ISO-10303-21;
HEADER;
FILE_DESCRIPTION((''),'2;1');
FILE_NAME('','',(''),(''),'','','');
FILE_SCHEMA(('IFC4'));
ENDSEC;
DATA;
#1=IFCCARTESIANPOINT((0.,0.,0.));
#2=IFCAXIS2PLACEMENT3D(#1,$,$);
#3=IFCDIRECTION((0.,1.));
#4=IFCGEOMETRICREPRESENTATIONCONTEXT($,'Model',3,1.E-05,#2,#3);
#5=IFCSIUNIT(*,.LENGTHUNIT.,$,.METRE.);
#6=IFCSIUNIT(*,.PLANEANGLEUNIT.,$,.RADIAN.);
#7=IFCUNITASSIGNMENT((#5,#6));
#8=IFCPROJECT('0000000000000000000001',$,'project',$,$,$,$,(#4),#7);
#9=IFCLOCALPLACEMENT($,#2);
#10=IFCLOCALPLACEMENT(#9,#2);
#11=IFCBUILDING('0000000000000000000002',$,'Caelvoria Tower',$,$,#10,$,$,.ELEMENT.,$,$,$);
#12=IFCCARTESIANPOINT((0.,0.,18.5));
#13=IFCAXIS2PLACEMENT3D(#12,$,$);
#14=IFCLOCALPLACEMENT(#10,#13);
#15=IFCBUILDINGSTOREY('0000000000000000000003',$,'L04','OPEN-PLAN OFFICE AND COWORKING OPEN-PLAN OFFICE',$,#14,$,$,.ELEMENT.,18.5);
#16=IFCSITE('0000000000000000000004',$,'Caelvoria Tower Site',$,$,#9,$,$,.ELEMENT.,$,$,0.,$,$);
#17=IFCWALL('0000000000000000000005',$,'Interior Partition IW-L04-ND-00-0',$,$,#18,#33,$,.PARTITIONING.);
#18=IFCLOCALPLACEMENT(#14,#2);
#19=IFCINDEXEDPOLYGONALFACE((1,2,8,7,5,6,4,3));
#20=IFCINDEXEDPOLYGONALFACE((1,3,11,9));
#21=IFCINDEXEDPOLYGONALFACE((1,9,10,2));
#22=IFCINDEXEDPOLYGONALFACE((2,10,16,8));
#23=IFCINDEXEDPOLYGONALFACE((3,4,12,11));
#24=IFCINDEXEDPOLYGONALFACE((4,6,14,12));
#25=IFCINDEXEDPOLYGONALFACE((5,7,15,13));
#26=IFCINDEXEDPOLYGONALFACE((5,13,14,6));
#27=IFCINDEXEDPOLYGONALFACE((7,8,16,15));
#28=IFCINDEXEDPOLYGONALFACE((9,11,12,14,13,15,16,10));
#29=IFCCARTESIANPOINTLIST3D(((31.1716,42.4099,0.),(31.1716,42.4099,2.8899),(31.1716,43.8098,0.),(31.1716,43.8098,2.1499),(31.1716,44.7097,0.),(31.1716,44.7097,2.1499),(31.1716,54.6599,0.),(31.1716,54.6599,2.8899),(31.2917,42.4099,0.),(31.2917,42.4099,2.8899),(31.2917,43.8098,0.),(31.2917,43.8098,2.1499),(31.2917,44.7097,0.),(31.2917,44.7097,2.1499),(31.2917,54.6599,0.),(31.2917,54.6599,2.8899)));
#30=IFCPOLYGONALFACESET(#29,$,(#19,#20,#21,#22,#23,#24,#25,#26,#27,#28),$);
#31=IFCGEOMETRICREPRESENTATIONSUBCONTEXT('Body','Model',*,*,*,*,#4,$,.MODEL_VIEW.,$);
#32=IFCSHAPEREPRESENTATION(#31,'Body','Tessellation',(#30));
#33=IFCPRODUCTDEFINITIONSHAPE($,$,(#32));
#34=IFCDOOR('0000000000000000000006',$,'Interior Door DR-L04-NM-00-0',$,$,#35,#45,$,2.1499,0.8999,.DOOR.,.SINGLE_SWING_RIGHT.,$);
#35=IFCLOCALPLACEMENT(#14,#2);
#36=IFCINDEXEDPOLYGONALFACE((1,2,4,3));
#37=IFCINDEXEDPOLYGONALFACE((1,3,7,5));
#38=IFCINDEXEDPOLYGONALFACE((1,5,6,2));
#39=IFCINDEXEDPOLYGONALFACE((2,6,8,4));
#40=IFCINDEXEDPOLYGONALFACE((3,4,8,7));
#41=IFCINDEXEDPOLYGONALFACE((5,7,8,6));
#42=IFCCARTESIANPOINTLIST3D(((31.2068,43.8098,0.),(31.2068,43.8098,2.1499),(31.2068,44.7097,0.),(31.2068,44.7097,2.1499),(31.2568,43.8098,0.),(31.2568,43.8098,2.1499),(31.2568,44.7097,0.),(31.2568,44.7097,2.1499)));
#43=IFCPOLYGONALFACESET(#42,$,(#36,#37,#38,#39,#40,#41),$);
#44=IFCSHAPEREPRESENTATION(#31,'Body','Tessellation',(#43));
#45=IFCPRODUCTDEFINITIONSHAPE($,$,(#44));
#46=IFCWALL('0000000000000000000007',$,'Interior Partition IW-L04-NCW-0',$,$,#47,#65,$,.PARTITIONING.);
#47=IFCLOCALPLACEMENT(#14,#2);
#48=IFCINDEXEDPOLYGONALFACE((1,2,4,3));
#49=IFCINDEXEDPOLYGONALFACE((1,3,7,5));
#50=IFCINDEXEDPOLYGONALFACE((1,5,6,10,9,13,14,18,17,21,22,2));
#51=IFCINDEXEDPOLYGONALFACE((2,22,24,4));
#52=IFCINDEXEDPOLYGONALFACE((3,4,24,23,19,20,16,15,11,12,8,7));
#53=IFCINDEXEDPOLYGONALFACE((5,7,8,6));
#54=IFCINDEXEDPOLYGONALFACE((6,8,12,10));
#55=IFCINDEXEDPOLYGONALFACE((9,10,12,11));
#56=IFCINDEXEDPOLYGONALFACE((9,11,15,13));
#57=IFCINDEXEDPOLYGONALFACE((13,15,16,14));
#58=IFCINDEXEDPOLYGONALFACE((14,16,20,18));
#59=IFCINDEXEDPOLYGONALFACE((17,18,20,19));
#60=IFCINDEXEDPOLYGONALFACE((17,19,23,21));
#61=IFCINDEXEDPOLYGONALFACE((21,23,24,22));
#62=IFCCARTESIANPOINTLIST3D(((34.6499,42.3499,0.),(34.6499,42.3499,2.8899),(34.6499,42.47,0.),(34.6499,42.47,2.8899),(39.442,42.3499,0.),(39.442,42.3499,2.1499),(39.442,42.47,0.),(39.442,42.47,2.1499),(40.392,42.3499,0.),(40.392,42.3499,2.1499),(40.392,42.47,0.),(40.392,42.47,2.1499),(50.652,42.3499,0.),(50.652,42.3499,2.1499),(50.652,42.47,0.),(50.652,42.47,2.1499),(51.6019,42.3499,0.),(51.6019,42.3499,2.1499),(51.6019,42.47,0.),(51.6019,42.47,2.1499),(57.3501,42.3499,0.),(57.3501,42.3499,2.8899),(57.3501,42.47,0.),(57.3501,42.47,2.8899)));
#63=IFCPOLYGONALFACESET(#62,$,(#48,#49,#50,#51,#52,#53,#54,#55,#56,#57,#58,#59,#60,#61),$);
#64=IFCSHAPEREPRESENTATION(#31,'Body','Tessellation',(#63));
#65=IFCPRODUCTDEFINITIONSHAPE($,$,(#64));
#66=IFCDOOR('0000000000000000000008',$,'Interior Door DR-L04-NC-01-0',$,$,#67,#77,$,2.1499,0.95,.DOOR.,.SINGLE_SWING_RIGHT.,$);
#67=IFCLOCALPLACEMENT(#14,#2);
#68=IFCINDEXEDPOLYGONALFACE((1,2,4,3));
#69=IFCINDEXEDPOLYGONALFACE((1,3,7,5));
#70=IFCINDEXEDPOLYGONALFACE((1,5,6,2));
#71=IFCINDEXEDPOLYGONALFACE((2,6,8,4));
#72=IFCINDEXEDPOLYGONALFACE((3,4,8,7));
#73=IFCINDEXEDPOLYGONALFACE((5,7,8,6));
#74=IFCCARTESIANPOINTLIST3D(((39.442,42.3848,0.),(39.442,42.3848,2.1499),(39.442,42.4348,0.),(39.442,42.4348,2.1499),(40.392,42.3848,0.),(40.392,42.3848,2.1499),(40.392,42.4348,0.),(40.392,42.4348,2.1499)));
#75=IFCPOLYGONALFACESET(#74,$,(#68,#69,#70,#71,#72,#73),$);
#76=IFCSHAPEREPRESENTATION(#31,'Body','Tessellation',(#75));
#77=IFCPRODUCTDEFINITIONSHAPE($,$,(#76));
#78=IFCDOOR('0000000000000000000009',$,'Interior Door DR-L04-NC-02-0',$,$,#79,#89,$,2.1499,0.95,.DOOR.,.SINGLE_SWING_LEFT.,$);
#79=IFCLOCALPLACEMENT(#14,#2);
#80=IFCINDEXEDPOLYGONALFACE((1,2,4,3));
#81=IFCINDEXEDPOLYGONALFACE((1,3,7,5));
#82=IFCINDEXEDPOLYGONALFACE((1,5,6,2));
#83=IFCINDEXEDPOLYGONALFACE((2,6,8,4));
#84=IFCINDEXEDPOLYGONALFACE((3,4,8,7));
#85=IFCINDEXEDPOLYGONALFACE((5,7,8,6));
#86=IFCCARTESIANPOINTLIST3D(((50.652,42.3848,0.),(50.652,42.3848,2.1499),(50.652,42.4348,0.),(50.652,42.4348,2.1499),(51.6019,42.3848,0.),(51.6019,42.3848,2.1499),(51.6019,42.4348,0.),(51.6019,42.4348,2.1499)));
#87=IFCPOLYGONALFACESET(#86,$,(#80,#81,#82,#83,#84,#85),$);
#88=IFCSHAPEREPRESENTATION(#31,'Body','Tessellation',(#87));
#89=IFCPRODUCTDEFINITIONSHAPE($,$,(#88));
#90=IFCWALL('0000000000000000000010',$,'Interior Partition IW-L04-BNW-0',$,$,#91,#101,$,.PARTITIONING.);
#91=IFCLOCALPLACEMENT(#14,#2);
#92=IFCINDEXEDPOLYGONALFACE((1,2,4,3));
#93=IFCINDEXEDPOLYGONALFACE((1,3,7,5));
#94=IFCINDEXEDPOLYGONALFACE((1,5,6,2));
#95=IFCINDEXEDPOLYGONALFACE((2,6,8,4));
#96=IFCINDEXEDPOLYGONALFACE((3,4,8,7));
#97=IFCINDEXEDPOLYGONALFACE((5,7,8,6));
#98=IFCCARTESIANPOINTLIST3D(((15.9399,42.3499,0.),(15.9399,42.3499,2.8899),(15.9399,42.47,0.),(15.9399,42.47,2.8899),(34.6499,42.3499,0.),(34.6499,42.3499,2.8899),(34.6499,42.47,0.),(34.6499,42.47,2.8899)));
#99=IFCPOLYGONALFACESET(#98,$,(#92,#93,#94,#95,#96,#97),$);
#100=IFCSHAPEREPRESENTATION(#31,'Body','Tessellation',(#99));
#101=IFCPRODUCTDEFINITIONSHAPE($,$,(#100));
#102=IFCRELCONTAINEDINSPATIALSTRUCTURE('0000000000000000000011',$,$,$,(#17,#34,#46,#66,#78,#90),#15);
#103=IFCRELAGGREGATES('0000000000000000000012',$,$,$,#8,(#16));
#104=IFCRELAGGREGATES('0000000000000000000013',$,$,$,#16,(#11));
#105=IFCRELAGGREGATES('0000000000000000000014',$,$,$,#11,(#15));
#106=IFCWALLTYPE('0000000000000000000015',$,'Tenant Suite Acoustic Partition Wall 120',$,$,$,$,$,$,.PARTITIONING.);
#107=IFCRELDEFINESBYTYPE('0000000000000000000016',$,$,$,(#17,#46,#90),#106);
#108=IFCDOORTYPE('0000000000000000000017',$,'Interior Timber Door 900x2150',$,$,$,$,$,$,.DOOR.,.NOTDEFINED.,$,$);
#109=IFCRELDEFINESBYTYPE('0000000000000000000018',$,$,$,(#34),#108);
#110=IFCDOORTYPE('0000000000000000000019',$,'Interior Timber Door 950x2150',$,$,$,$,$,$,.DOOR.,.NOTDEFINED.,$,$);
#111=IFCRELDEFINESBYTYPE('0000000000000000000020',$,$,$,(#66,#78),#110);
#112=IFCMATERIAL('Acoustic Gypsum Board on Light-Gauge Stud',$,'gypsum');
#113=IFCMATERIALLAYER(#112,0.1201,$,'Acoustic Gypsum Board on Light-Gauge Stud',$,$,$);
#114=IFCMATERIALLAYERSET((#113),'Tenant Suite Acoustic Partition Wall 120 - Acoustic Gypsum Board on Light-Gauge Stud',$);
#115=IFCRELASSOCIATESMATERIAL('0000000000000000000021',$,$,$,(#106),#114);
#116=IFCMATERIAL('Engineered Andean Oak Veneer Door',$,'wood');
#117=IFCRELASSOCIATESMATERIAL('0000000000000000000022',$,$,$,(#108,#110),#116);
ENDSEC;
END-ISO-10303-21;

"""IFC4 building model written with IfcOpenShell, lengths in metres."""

from ifc_helpers import new_model, si_unit, direction, frame, frame_2d, origin, place, context, subcontext, project, spatial, rectangle, extrude, material, layer, layer_set, type_object, element, fill, save


model = new_model("IFC4")

# Units and contexts
model_context = context("Model", 3, precision=1e-05, world=origin(), true_north=direction((0.0, 1.0)))
body_context = subcontext(model_context, "Body", "Model", "MODEL_VIEW")
ifc_project = project(units=[si_unit("LENGTHUNIT", "METRE"), si_unit("PLANEANGLEUNIT", "RADIAN")], contexts=[model_context])

# Site, building, storey
site_placement = place(None, origin())
site = spatial("IfcSite", under=ifc_project, at=site_placement, Name="Caelvoria Tower Site", CompositionType="ELEMENT", RefElevation=0.0)
building_placement = place(site_placement, origin())
building = spatial("IfcBuilding", under=site, at=building_placement, Name="Caelvoria Tower", CompositionType="ELEMENT")
storey_placement = place(building_placement, frame((0.0, 0.0, 18.5)))
storey = spatial("IfcBuildingStorey", under=building, at=storey_placement, Name="L04", Description="OPEN-PLAN OFFICE AND COWORKING OPEN-PLAN OFFICE", CompositionType="ELEMENT", Elevation=18.5)

# Wall, opening, door
ifc_material_1 = material(Name="Acoustic Gypsum Board on Light-Gauge Stud", Category="gypsum")
ifc_layer_1 = layer(ifc_material_1, 0.1201, Name="Acoustic Gypsum Board on Light-Gauge Stud")
ifc_layer_set_1 = layer_set([ifc_layer_1], Name="Tenant Suite Acoustic Partition Wall 120 - Acoustic Gypsum Board on Light-Gauge Stud")
wall_type_1 = type_object("IfcWallType", Name="Tenant Suite Acoustic Partition Wall 120", PredefinedType="PARTITIONING", material=ifc_layer_set_1)
wall_1_placement = place(storey_placement, frame((31.2317, 42.4099, 0.0), z_axis=(0.0, 0.0, 1.0), x_axis=(0.0, 1.0, 0.0)))
wall_1 = element("IfcWall", 1, at=wall_1_placement, inside=storey, type_object=wall_type_1, Name="Interior Partition IW-L04-ND-00-0", PredefinedType="PARTITIONING", context=body_context, shape_type="SweptSolid", body=[
    extrude(rectangle(XDim=12.25, YDim=0.1201, at=frame_2d((6.125, 0.0))), origin(), (0.0, 0.0, 1.0), 2.8899),
])
opening_1_placement = place(wall_1_placement, frame((1.3999, 0.0, 0.0)))
opening_1 = element("IfcOpeningElement", 2, at=opening_1_placement, cuts=wall_1, PredefinedType="OPENING", context=body_context, shape_type="SweptSolid", body=[
    extrude(rectangle(XDim=0.8999, YDim=2.1499, at=frame_2d((0.45, 1.075))), frame((0.0, 0.0701, 0.0), z_axis=(0.0, -1.0, 0.0), x_axis=(1.0, 0.0, 0.0)), (0.0, 0.0, 1.0), 0.1401),
])
ifc_material_2 = material(Name="Engineered Andean Oak Veneer Door", Category="wood")
door_type_1 = type_object("IfcDoorType", Name="Interior Timber Door 900x2150", OperationType="NOTDEFINED", PredefinedType="DOOR", material=ifc_material_2)
door_1_placement = place(opening_1_placement, origin())
door_1 = element("IfcDoor", 3, at=door_1_placement, inside=storey, type_object=door_type_1, Name="Interior Door DR-L04-NM-00-0", OperationType="SINGLE_SWING_RIGHT", OverallHeight=2.1499, OverallWidth=0.8999, PredefinedType="DOOR", context=body_context, shape_type="SweptSolid", body=[
    extrude(rectangle(XDim=0.8999, YDim=2.1499, at=frame_2d((0.45, 1.075))), frame((0.0, 0.0249, 0.0), z_axis=(0.0, -1.0, 0.0), x_axis=(1.0, 0.0, 0.0)), (0.0, 0.0, 1.0), 0.05),
])
fill(opening_1, door_1)

# Wall, openings, doors
wall_2_placement = place(storey_placement, frame((34.6499, 42.4099, 0.0), z_axis=(0.0, 0.0, 1.0), x_axis=(1.0, 0.0, 0.0)))
wall_2 = element("IfcWall", 4, at=wall_2_placement, inside=storey, type_object=wall_type_1, Name="Interior Partition IW-L04-NCW-0", PredefinedType="PARTITIONING", context=body_context, shape_type="SweptSolid", body=[
    extrude(rectangle(XDim=22.7002, YDim=0.1201, at=frame_2d((11.3501, 0.0))), origin(), (0.0, 0.0, 1.0), 2.8899),
])
opening_2_placement = place(wall_2_placement, frame((4.792, 0.0, 0.0)))
opening_2 = element("IfcOpeningElement", 5, at=opening_2_placement, cuts=wall_2, PredefinedType="OPENING", context=body_context, shape_type="SweptSolid", body=[
    extrude(rectangle(XDim=0.95, YDim=2.1499, at=frame_2d((0.4751, 1.075))), frame((0.0, 0.0701, 0.0), z_axis=(0.0, -1.0, 0.0), x_axis=(1.0, 0.0, 0.0)), (0.0, 0.0, 1.0), 0.1401),
])
opening_3_placement = place(wall_2_placement, frame((16.002, 0.0, 0.0)))
opening_3 = element("IfcOpeningElement", 6, at=opening_3_placement, cuts=wall_2, PredefinedType="OPENING", context=body_context, shape_type="SweptSolid", body=[
    extrude(rectangle(XDim=0.95, YDim=2.1499, at=frame_2d((0.4751, 1.075))), frame((0.0, 0.0701, 0.0), z_axis=(0.0, -1.0, 0.0), x_axis=(1.0, 0.0, 0.0)), (0.0, 0.0, 1.0), 0.1401),
])
door_type_2 = type_object("IfcDoorType", Name="Interior Timber Door 950x2150", OperationType="NOTDEFINED", PredefinedType="DOOR", material=ifc_material_2)
door_2_placement = place(opening_2_placement, origin())
door_2 = element("IfcDoor", 7, at=door_2_placement, inside=storey, type_object=door_type_2, Name="Interior Door DR-L04-NC-01-0", OperationType="SINGLE_SWING_RIGHT", OverallHeight=2.1499, OverallWidth=0.95, PredefinedType="DOOR", context=body_context, shape_type="SweptSolid", body=[
    extrude(rectangle(XDim=0.95, YDim=2.1499, at=frame_2d((0.4751, 1.075))), frame((0.0, 0.0249, 0.0), z_axis=(0.0, -1.0, 0.0), x_axis=(1.0, 0.0, 0.0)), (0.0, 0.0, 1.0), 0.05),
])
fill(opening_2, door_2)
door_3_placement = place(opening_3_placement, origin())
door_3 = element("IfcDoor", 8, at=door_3_placement, inside=storey, type_object=door_type_2, Name="Interior Door DR-L04-NC-02-0", OperationType="SINGLE_SWING_LEFT", OverallHeight=2.1499, OverallWidth=0.95, PredefinedType="DOOR", context=body_context, shape_type="SweptSolid", body=[
    extrude(rectangle(XDim=0.95, YDim=2.1499, at=frame_2d((0.4751, 1.075))), frame((0.0, 0.0249, 0.0), z_axis=(0.0, -1.0, 0.0), x_axis=(1.0, 0.0, 0.0)), (0.0, 0.0, 1.0), 0.05),
])
fill(opening_3, door_3)

# Wall
wall_3_placement = place(storey_placement, frame((34.6499, 42.4099, 0.0), z_axis=(0.0, 0.0, 1.0), x_axis=(-1.0, 0.0, 0.0)))
element("IfcWall", 9, at=wall_3_placement, inside=storey, type_object=wall_type_1, Name="Interior Partition IW-L04-BNW-0", PredefinedType="PARTITIONING", context=body_context, shape_type="SweptSolid", body=[
    extrude(rectangle(XDim=18.71, YDim=0.1201, at=frame_2d((9.355, 0.0))), origin(), (0.0, 0.0, 1.0), 2.8899),
])

save(model, "model.ifc")
